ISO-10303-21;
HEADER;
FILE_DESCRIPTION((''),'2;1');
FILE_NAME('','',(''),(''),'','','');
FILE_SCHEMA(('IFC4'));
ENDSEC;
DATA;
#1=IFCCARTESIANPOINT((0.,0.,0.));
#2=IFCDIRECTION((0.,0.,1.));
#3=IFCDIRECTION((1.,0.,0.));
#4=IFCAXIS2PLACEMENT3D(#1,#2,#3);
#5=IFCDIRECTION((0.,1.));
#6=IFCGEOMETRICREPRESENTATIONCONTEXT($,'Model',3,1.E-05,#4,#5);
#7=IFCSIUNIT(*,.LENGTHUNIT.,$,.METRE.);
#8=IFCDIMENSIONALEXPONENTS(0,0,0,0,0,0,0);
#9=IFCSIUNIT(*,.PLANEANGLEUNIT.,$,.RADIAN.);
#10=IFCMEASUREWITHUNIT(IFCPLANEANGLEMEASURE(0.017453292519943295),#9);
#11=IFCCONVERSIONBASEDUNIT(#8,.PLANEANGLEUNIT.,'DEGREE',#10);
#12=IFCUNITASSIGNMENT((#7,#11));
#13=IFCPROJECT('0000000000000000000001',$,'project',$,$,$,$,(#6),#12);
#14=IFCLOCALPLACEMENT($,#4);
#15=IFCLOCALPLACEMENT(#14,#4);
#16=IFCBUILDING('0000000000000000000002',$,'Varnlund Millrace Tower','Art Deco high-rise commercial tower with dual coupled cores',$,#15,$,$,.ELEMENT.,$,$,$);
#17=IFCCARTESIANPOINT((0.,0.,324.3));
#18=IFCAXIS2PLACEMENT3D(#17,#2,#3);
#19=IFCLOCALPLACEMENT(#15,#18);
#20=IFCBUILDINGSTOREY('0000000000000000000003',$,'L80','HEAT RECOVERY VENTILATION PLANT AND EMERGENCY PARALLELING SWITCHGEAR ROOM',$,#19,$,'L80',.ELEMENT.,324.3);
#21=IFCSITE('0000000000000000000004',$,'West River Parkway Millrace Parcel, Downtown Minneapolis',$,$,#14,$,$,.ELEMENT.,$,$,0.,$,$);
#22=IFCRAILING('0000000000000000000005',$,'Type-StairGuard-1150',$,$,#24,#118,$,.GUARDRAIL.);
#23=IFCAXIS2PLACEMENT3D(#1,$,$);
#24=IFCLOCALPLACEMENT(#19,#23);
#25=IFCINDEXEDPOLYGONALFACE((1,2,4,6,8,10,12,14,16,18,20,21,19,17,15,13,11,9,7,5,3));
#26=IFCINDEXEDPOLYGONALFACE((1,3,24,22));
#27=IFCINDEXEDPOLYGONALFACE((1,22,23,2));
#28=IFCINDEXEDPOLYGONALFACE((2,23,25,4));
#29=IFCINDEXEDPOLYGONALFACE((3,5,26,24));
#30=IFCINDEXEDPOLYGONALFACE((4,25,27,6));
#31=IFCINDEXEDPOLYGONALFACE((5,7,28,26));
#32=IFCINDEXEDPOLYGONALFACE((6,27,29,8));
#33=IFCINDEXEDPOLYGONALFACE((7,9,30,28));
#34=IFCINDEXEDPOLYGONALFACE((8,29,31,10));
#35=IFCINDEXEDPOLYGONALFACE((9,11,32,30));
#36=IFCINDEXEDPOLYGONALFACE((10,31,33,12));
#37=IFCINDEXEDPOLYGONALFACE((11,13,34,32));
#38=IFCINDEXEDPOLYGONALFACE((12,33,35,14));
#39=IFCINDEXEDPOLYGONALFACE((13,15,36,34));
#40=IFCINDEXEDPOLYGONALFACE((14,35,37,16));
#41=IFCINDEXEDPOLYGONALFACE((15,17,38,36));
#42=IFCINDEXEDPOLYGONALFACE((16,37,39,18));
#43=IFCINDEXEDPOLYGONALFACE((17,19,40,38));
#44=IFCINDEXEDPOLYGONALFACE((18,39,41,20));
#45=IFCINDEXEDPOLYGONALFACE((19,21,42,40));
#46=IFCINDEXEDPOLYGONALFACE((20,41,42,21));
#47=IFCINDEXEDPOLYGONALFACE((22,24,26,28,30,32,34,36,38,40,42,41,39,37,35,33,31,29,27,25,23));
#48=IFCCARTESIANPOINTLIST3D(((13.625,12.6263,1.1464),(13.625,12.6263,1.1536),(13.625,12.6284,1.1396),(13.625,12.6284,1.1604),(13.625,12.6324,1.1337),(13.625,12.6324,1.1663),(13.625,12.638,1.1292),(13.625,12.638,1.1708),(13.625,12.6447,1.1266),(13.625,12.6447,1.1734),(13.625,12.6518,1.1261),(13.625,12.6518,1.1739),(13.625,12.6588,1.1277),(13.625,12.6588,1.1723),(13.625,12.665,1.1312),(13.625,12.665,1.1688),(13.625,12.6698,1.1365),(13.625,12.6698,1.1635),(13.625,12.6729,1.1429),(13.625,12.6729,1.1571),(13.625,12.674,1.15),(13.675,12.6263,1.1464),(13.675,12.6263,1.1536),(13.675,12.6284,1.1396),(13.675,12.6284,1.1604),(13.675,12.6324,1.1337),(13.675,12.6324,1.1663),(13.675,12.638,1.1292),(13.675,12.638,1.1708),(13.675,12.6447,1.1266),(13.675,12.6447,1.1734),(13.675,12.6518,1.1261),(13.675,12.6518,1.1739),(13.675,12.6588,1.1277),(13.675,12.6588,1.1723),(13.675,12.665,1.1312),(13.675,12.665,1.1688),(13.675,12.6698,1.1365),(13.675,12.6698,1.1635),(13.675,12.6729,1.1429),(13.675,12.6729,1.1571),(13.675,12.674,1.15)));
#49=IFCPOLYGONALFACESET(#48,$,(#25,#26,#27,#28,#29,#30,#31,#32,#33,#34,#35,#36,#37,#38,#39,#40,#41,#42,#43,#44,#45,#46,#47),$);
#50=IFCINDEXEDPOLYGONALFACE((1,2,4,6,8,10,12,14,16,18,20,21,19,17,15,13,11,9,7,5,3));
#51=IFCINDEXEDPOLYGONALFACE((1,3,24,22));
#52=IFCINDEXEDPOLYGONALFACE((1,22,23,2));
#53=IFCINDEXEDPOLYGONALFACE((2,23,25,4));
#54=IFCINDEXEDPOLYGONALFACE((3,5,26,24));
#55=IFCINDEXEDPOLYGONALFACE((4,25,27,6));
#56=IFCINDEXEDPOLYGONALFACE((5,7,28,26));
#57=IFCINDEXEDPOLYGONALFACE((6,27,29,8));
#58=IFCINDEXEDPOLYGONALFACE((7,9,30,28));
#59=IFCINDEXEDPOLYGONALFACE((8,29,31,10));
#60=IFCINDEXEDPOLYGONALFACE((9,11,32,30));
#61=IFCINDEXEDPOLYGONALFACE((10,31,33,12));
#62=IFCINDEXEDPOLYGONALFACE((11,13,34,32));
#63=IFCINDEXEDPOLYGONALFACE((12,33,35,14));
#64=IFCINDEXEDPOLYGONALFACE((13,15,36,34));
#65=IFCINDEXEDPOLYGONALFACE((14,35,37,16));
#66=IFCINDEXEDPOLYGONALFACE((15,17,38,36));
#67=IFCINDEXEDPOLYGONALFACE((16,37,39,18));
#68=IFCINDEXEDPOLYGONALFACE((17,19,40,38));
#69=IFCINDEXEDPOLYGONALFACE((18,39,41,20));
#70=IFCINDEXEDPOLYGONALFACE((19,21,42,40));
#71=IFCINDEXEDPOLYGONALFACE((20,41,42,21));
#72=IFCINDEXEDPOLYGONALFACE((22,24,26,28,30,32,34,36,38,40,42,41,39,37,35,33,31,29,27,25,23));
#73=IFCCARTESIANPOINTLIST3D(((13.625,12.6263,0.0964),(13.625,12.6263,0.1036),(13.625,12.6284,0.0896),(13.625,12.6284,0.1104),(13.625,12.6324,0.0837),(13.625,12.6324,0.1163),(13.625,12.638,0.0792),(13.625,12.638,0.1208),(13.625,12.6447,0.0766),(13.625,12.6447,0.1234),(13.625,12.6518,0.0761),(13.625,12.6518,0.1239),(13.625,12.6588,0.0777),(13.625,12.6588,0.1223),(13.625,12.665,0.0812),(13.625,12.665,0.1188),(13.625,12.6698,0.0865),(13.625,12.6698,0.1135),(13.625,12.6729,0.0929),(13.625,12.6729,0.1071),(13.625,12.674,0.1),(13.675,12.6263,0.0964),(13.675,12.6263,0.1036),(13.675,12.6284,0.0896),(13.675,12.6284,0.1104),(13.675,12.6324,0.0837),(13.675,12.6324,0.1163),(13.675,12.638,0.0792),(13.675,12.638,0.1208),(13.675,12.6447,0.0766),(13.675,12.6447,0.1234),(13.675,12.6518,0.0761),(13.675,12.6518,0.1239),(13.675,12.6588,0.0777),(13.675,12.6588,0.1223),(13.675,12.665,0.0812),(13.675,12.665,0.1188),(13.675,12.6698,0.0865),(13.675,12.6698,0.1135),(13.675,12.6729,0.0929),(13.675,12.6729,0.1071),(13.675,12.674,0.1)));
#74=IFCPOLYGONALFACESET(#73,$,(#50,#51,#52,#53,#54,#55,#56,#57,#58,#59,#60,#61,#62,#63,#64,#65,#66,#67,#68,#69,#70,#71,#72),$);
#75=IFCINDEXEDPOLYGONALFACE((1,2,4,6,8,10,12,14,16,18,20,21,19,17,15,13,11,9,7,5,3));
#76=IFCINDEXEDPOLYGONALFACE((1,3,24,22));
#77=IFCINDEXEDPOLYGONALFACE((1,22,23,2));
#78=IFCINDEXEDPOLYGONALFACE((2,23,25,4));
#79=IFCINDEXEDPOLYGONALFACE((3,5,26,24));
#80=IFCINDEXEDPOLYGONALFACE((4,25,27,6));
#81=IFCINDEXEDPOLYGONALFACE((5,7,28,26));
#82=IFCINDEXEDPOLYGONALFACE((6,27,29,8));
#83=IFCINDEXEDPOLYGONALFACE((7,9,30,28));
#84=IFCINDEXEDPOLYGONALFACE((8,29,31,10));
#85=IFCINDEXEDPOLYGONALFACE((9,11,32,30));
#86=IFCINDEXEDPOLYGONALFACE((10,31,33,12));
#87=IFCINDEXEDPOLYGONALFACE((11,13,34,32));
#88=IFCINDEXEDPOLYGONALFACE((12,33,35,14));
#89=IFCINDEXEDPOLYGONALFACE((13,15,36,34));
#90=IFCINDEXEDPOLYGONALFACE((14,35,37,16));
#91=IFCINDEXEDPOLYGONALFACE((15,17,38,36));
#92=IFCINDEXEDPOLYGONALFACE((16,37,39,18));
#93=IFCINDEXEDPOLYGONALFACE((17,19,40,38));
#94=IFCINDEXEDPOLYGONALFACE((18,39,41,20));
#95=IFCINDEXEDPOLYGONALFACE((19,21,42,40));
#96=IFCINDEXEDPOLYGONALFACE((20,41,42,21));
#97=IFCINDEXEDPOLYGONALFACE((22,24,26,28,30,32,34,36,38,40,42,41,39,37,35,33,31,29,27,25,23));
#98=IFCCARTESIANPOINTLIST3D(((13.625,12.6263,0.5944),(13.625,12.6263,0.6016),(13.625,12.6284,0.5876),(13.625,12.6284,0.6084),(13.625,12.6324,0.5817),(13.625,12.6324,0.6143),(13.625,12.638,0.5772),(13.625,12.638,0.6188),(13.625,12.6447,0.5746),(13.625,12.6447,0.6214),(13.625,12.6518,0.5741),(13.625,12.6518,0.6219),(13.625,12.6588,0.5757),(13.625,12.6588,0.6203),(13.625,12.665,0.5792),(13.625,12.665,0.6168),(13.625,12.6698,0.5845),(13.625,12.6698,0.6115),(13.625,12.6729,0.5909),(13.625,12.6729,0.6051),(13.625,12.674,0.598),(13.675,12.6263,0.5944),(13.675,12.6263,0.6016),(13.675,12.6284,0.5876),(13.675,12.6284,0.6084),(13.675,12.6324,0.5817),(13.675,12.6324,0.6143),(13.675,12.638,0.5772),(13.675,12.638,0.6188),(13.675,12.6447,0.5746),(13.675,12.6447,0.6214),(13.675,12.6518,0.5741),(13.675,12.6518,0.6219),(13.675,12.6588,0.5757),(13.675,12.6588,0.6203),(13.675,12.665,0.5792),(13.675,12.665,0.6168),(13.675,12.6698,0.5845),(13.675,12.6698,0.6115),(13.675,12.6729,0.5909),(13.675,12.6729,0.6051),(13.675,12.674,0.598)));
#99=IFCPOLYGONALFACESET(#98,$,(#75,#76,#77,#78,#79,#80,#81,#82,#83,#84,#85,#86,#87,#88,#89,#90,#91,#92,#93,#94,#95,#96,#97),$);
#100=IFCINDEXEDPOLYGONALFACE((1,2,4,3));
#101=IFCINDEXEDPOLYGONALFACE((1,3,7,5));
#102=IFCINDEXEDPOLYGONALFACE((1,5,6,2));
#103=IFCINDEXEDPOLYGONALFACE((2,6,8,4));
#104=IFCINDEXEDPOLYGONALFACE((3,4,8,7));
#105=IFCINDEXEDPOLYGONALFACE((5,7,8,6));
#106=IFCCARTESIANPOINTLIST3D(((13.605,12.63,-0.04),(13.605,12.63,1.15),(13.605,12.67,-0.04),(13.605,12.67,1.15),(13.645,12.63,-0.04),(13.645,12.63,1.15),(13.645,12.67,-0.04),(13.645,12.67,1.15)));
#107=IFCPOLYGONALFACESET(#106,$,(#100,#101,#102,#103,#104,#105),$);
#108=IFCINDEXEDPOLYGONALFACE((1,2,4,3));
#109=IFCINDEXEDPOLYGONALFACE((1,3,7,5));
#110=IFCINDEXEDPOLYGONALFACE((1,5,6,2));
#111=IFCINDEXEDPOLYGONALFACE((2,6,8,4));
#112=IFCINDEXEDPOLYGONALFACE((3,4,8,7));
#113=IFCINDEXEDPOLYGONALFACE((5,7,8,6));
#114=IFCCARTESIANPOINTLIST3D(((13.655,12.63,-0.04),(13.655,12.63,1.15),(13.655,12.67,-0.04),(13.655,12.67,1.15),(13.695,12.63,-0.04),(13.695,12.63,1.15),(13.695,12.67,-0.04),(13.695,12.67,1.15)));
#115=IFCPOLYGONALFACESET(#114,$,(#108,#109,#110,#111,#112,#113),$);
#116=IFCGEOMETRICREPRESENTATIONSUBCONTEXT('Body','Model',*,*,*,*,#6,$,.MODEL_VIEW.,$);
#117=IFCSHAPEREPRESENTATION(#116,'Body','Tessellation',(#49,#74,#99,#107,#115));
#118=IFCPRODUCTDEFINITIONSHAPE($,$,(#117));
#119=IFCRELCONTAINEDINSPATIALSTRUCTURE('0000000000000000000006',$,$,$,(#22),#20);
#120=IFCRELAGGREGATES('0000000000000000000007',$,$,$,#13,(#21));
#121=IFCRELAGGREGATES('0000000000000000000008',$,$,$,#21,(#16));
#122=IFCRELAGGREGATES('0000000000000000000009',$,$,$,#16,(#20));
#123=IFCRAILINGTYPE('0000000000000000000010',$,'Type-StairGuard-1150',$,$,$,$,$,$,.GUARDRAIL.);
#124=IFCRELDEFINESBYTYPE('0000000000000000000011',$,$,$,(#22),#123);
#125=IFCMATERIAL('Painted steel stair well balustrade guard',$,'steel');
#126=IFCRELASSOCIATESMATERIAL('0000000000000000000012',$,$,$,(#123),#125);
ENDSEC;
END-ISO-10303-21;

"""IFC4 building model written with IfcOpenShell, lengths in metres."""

from ifc_helpers import new_model, entity, si_unit, converted_unit, direction, frame, origin_with_axes, origin_2d_with_axis, place, context, subcontext, project, spatial, rectangle, circle, extrude, material, type_object, element, save


model = new_model("IFC4")

# Units and contexts
model_context = context("Model", 3, precision=1e-05, world=origin_with_axes(), true_north=direction((0.0, 1.0)))
body_context = subcontext(model_context, "Body", "Model", "MODEL_VIEW")
ifc_project = project(units=[si_unit("LENGTHUNIT", "METRE"), converted_unit("PLANEANGLEUNIT", "DEGREE", entity("IfcPlaneAngleMeasure", 0.017453292519943295), si_unit("PLANEANGLEUNIT", "RADIAN"), dimensions=[0, 0, 0, 0, 0, 0, 0])], contexts=[model_context])

# Site, building, storey
site_placement = place(None, origin_with_axes())
site = spatial("IfcSite", under=ifc_project, at=site_placement, Name="West River Parkway Millrace Parcel, Downtown Minneapolis", CompositionType="ELEMENT", RefElevation=0.0)
building_placement = place(site_placement, origin_with_axes())
building = spatial("IfcBuilding", under=site, at=building_placement, Name="Varnlund Millrace Tower", Description="Art Deco high-rise commercial tower with dual coupled cores", CompositionType="ELEMENT")
storey_placement = place(building_placement, frame((0.0, 0.0, 324.3), z_axis=(0.0, 0.0, 1.0), x_axis=(1.0, 0.0, 0.0)))
storey = spatial("IfcBuildingStorey", under=building, at=storey_placement, Name="L80", Description="HEAT RECOVERY VENTILATION PLANT AND EMERGENCY PARALLELING SWITCHGEAR ROOM", LongName="L80", CompositionType="ELEMENT", Elevation=324.3)

# Railing
ifc_material_1 = material(Name="Painted steel stair well balustrade guard", Category="steel")
railing_type_1 = type_object("IfcRailingType", Name="Type-StairGuard-1150", PredefinedType="GUARDRAIL", material=ifc_material_1)
railing_1_placement = place(storey_placement, frame((0.0, 0.0, -324.3), z_axis=(0.0, 0.0, 1.0), x_axis=(1.0, 0.0, 0.0)))
element("IfcRailing", 1, at=railing_1_placement, inside=storey, type_object=railing_type_1, Name="Type-StairGuard-1150", PredefinedType="GUARDRAIL", context=body_context, shape_type="SweptSolid", body=[
    extrude(circle(Radius=0.024, at=origin_2d_with_axis()), frame((13.625, 12.65, 325.45), z_axis=(1.0, 0.0, 0.0), x_axis=(0.0, 1.0, 0.0)), (0.0, 0.0, 1.0), 0.05),
    extrude(circle(Radius=0.024, at=origin_2d_with_axis()), frame((13.625, 12.65, 324.4), z_axis=(1.0, 0.0, 0.0), x_axis=(0.0, 1.0, 0.0)), (0.0, 0.0, 1.0), 0.05),
    extrude(circle(Radius=0.024, at=origin_2d_with_axis()), frame((13.625, 12.65, 324.898), z_axis=(1.0, 0.0, 0.0), x_axis=(0.0, 1.0, 0.0)), (0.0, 0.0, 1.0), 0.05),
    extrude(rectangle(XDim=0.04, YDim=0.04, at=origin_2d_with_axis()), frame((13.625, 12.65, 324.26), z_axis=(0.0, 0.0, 1.0), x_axis=(1.0, 0.0, 0.0)), (0.0, 0.0, 1.0), 1.19),
    extrude(rectangle(XDim=0.04, YDim=0.04, at=origin_2d_with_axis()), frame((13.675, 12.65, 324.26), z_axis=(0.0, 0.0, 1.0), x_axis=(1.0, 0.0, 0.0)), (0.0, 0.0, 1.0), 1.19),
])

save(model, "model.ifc")
